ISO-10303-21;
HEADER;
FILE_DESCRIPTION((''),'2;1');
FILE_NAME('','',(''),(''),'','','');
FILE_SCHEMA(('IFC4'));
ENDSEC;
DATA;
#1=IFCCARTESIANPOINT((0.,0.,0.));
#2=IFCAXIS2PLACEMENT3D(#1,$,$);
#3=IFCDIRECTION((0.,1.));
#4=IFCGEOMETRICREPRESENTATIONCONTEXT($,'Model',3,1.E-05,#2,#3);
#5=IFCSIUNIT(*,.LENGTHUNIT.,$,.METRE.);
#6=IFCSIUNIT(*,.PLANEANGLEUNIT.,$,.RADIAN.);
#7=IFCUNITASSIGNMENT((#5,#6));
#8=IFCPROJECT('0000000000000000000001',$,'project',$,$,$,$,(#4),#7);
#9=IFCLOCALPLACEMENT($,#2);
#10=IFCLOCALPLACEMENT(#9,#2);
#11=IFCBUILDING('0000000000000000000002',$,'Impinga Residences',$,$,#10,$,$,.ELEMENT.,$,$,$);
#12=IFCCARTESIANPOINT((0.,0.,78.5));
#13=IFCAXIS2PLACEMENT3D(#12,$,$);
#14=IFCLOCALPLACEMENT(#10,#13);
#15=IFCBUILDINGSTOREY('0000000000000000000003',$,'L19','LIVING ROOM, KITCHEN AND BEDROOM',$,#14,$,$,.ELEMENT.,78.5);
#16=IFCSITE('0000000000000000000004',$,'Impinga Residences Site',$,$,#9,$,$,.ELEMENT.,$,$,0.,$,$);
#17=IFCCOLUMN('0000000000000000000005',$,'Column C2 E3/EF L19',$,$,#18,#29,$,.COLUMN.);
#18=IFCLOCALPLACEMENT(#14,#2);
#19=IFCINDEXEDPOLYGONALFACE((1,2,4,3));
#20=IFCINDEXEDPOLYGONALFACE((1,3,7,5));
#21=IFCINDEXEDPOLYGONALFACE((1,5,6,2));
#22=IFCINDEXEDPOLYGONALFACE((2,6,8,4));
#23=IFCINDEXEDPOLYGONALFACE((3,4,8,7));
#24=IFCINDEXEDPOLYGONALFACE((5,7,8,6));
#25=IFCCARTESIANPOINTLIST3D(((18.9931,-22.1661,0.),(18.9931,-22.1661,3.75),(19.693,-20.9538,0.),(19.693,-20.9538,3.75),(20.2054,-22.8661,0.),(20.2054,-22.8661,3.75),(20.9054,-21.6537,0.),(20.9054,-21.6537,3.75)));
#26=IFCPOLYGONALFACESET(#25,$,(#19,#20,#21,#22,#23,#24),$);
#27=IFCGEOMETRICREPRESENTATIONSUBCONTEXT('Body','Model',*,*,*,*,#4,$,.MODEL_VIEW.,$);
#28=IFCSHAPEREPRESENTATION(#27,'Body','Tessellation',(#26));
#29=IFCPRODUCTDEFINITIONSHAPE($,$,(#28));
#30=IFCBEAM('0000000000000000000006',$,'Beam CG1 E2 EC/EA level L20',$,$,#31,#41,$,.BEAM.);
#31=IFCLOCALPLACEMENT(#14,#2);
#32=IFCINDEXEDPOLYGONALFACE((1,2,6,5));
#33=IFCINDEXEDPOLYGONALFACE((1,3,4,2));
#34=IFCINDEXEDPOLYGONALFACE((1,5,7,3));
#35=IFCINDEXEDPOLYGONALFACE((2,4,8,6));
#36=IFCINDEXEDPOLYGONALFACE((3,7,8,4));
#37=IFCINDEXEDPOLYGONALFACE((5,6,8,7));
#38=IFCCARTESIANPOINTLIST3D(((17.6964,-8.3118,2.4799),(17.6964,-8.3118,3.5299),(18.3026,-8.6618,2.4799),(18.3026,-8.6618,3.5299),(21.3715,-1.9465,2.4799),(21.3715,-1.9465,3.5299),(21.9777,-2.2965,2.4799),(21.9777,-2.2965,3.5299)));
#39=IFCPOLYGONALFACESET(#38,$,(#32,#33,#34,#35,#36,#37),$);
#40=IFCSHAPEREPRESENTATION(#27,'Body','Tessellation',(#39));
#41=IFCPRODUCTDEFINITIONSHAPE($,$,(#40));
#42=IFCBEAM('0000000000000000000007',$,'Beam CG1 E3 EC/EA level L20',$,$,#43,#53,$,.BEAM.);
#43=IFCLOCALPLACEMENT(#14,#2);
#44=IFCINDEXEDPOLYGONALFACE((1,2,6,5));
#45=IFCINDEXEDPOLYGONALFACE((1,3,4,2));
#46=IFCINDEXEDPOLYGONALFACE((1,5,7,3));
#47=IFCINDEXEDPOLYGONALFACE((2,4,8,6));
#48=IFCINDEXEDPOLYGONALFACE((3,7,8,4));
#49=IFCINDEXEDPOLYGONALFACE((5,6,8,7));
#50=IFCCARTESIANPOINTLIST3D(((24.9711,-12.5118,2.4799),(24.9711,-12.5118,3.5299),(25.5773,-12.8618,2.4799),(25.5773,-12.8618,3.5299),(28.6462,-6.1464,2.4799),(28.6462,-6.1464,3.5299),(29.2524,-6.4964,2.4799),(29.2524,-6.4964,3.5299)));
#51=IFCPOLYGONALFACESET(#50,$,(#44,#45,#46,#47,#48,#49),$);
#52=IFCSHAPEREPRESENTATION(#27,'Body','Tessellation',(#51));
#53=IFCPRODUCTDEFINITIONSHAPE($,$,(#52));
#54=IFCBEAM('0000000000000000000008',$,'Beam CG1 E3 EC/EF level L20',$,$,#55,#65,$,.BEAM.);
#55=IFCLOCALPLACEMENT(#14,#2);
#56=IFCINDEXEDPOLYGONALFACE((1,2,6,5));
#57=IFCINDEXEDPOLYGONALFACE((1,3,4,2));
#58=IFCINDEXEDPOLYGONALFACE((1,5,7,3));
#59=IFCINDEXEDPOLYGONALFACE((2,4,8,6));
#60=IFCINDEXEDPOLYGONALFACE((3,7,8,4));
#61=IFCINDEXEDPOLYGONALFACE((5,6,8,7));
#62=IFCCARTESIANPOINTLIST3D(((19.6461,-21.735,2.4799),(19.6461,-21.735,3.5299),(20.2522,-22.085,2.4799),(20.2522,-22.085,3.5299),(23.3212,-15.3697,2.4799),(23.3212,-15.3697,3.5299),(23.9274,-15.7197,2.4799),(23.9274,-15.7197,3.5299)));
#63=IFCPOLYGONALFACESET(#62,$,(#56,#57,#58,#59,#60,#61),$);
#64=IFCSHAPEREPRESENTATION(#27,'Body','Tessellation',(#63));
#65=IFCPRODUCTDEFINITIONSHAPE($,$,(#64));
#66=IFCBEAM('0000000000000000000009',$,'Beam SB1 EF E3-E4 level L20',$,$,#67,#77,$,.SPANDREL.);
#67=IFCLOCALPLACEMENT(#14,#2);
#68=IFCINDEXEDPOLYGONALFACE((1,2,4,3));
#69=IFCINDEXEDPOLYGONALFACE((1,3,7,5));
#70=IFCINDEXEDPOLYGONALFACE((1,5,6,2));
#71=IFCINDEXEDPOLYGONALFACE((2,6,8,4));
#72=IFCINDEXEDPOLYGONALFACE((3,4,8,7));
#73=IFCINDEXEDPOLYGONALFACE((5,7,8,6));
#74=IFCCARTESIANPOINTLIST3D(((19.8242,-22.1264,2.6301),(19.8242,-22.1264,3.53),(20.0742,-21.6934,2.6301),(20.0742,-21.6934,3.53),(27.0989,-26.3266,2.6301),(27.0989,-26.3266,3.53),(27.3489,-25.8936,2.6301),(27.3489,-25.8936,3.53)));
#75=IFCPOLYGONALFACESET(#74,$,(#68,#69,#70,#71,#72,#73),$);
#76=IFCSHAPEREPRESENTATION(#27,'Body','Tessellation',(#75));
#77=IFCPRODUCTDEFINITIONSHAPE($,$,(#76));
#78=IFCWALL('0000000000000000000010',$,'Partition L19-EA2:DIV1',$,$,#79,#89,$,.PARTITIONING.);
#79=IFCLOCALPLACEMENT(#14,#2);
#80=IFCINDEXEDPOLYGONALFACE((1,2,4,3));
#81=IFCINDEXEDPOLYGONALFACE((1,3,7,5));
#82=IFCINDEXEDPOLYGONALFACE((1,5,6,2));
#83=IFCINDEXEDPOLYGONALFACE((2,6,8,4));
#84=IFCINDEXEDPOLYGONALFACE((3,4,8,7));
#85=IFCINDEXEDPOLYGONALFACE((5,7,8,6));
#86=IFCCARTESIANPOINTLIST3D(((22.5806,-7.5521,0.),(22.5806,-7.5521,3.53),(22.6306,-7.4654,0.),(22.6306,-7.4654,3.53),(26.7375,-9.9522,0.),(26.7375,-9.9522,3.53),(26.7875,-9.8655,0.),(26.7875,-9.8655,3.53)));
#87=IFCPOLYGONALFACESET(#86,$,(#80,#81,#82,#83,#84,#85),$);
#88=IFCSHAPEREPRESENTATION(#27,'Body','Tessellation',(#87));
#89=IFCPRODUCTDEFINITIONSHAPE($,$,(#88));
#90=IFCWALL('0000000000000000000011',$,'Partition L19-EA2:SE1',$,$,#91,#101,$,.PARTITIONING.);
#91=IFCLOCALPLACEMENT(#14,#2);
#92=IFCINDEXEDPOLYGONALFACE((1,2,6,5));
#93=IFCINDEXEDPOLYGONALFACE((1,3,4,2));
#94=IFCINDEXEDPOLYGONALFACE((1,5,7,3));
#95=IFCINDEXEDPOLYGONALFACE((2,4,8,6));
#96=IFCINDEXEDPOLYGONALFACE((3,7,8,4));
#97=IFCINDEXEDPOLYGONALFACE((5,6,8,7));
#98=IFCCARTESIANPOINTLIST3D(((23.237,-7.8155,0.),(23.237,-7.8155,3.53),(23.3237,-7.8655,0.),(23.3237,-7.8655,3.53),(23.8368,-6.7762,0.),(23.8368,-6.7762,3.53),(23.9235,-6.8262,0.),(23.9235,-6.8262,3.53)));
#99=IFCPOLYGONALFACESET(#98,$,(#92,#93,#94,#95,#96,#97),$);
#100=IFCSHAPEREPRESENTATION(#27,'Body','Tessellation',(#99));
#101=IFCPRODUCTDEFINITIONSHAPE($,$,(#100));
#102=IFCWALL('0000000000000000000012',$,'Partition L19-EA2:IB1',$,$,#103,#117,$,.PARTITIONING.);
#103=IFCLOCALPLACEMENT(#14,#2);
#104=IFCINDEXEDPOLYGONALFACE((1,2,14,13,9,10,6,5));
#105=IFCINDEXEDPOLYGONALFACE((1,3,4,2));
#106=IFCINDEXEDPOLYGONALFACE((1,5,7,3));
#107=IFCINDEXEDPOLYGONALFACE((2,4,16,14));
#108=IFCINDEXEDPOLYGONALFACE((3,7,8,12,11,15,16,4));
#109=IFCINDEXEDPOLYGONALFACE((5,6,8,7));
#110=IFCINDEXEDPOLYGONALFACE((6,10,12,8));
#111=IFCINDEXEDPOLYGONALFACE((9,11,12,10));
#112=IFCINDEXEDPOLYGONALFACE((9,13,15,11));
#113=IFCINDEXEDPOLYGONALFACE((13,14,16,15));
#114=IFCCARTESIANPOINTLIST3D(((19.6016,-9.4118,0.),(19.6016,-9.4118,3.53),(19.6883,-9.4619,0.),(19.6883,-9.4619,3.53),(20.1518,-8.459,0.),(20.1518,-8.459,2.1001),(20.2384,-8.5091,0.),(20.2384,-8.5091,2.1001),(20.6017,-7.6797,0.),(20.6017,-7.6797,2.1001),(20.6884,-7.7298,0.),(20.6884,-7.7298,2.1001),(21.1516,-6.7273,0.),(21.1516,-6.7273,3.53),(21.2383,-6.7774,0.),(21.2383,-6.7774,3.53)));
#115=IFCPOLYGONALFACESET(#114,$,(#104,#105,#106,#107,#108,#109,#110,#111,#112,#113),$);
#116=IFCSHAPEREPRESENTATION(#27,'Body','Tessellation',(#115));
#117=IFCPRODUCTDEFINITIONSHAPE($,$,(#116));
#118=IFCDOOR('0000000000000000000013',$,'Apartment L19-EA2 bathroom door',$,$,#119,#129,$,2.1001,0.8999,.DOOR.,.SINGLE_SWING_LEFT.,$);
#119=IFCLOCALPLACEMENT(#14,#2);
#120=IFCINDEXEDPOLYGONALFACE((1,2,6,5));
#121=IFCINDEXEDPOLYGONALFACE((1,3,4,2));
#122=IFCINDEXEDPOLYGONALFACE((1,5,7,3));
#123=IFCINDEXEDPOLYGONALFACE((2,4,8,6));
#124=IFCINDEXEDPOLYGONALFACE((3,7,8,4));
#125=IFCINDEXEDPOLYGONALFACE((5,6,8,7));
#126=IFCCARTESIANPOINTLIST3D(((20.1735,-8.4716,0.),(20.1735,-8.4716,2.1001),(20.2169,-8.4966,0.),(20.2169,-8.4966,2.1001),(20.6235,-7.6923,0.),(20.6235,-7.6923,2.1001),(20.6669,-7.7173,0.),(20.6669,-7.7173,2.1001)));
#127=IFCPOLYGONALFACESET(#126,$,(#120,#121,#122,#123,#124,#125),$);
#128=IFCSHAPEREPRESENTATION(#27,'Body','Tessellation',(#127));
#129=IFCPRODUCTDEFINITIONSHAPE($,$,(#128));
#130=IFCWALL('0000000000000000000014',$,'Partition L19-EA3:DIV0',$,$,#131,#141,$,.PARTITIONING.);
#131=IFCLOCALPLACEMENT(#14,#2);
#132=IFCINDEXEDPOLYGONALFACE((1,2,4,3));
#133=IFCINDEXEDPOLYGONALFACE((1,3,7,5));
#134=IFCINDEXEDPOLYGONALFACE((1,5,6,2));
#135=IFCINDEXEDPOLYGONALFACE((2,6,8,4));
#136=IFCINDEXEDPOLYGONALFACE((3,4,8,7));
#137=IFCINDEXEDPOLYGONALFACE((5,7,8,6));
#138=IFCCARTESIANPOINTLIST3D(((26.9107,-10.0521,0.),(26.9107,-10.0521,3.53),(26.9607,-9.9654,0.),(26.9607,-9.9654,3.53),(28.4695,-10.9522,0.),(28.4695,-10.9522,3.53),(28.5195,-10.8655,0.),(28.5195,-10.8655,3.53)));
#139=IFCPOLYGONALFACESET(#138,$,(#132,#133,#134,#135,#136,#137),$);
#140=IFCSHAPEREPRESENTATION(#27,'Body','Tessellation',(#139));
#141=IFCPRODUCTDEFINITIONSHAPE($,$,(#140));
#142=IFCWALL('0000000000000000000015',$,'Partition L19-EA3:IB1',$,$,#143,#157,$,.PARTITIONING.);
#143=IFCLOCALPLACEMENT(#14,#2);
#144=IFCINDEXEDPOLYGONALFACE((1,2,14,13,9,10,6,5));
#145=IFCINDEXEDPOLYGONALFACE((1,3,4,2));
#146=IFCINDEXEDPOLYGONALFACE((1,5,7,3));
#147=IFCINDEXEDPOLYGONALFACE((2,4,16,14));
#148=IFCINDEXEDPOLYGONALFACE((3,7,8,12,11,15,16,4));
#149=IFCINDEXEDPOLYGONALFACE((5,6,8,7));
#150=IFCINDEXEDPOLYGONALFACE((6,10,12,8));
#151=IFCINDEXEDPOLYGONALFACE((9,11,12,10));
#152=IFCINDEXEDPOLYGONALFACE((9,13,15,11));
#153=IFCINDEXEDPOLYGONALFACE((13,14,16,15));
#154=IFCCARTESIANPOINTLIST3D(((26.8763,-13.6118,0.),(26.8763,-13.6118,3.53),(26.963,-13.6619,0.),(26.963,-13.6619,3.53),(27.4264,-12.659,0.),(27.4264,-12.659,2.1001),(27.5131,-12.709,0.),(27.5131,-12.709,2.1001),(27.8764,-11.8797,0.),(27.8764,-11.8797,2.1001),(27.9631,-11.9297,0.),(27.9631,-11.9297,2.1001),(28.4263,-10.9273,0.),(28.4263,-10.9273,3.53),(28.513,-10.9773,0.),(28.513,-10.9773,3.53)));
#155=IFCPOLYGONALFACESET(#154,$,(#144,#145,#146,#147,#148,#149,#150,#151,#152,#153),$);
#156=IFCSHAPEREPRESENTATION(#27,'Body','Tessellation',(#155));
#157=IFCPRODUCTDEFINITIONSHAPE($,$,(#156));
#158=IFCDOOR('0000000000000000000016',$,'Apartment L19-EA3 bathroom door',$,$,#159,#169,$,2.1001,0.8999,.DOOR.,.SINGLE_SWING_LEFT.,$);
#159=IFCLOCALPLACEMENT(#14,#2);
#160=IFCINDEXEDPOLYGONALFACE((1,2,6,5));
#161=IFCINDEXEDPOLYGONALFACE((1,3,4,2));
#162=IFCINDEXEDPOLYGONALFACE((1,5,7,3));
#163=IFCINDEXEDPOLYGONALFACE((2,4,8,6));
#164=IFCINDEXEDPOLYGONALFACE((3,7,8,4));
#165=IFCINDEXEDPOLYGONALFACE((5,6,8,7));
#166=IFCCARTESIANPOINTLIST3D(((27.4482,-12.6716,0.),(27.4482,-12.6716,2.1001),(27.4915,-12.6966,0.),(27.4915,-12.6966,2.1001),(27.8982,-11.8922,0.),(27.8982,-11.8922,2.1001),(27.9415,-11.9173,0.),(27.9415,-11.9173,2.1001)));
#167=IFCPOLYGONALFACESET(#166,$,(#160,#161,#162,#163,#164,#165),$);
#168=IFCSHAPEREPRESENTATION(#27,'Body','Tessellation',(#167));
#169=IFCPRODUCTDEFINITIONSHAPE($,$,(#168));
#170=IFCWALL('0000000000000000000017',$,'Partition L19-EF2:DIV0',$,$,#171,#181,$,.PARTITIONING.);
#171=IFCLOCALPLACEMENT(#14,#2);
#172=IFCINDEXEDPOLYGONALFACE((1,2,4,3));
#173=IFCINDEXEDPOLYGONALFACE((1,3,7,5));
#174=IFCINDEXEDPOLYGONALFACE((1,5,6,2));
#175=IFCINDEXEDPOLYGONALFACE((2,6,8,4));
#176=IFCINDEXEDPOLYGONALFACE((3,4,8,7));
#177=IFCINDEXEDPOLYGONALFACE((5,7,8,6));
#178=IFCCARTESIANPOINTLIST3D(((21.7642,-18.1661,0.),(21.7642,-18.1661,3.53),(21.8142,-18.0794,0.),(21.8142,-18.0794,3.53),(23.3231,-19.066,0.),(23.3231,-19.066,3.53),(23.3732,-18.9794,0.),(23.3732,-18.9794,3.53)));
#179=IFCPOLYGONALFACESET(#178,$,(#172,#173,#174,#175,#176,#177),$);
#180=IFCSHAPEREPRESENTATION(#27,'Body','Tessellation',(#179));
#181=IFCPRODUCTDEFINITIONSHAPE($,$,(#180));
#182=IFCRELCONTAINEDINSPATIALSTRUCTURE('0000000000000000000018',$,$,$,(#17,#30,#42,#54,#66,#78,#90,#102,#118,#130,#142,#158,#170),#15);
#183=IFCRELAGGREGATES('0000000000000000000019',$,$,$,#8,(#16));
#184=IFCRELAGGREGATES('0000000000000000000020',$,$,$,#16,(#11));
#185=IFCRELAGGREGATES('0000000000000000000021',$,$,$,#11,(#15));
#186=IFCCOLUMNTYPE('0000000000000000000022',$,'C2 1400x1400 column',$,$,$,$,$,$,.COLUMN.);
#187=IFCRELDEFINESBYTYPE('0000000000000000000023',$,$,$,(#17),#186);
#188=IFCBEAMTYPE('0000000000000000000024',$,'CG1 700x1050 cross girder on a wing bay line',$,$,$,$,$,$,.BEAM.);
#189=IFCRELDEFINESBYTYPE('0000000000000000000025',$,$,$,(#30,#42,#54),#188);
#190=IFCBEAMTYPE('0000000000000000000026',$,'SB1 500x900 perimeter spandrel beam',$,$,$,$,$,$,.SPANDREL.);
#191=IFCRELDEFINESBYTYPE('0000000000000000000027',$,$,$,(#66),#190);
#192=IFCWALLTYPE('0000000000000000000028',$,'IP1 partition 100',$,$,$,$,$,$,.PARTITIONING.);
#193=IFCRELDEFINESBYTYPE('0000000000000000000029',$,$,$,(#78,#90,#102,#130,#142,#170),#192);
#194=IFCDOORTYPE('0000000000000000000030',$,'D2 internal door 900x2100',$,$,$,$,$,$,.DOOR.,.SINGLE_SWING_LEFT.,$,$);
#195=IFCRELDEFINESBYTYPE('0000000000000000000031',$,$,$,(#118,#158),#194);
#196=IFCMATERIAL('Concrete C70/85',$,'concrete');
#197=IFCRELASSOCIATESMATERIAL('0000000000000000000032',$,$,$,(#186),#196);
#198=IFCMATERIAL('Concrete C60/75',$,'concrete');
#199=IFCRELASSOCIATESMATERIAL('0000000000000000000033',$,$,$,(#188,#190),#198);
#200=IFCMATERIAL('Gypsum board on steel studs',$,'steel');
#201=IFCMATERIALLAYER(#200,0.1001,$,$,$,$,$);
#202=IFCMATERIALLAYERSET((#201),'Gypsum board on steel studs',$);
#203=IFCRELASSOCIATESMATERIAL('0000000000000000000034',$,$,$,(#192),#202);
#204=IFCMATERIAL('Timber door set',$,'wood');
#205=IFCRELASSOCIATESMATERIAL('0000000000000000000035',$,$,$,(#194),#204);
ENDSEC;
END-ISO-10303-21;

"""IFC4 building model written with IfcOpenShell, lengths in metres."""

from ifc_helpers import new_model, si_unit, direction, frame, frame_2d, origin, origin_2d, place, context, subcontext, project, spatial, rectangle, extrude, material, layer, layer_set, material_profile, profile_set, type_object, element, fill, save


model = new_model("IFC4")

# Units and contexts
model_context = context("Model", 3, precision=1e-05, world=origin(), true_north=direction((0.0, 1.0)))
body_context = subcontext(model_context, "Body", "Model", "MODEL_VIEW")
ifc_project = project(units=[si_unit("LENGTHUNIT", "METRE"), si_unit("PLANEANGLEUNIT", "RADIAN")], contexts=[model_context])

# Site, building, storey
site_placement = place(None, origin())
site = spatial("IfcSite", under=ifc_project, at=site_placement, Name="Impinga Residences Site", CompositionType="ELEMENT", RefElevation=0.0)
building_placement = place(site_placement, origin())
building = spatial("IfcBuilding", under=site, at=building_placement, Name="Impinga Residences", CompositionType="ELEMENT")
storey_placement = place(building_placement, frame((0.0, 0.0, 78.5)))
storey = spatial("IfcBuildingStorey", under=building, at=storey_placement, Name="L19", Description="LIVING ROOM, KITCHEN AND BEDROOM", CompositionType="ELEMENT", Elevation=78.5)

# Column
ifc_material_1 = material(Name="Concrete C70/85", Category="concrete")
ifc_material_profile_1 = material_profile(ifc_material_1, rectangle(XDim=1.3999, YDim=1.3999, at=origin_2d()), Name="RC 1400x1400")
ifc_profile_set_1 = profile_set([ifc_material_profile_1], Name="Concrete C70/85")
column_type = type_object("IfcColumnType", Name="C2 1400x1400 column", PredefinedType="COLUMN", material=ifc_profile_set_1)
column_placement = place(storey_placement, frame((19.9492, -21.9099, 0.0), z_axis=(0.0, 0.0, 1.0), x_axis=(-0.5, -0.866025, 0.0)))
element("IfcColumn", 1, at=column_placement, inside=storey, type_object=column_type, Name="Column C2 E3/EF L19", PredefinedType="COLUMN", context=body_context, shape_type="SweptSolid", body=[
    extrude(rectangle(XDim=1.3999, YDim=1.3999, at=origin_2d()), origin(), (0.0, 0.0, 1.0), 3.75),
])

# Beams
ifc_material_2 = material(Name="Concrete C60/75", Category="concrete")
ifc_material_profile_2 = material_profile(ifc_material_2, rectangle(XDim=0.7, YDim=1.05, at=origin_2d()), Name="RC 700x1050")
ifc_profile_set_2 = profile_set([ifc_material_profile_2], Name="Concrete C60/75")
beam_type_1 = type_object("IfcBeamType", Name="CG1 700x1050 cross girder on a wing bay line", PredefinedType="BEAM", material=ifc_profile_set_2)
for number, where, z_axis, x_axis, name in (
    (2, (17.9995, -8.4868, 3.0049), (0.500008, 0.866021, 0.0), (-0.866021, 0.500008, 0.0), "Beam CG1 E2 EC/EA level L20"),
    (3, (25.2742, -12.6868, 3.0049), (0.500008, 0.866021, 0.0), (-0.866021, 0.500008, 0.0), "Beam CG1 E3 EC/EA level L20"),
    (4, (23.6243, -15.5447, 3.0049), (-0.500008, -0.866021, 0.0), (0.866021, -0.500008, 0.0), "Beam CG1 E3 EC/EF level L20"),
):
    element("IfcBeam", number, at=place(storey_placement, frame(where, z_axis=z_axis, x_axis=x_axis)), inside=storey, type_object=beam_type_1, Name=name, PredefinedType="BEAM", context=body_context, shape_type="SweptSolid", body=[
        extrude(rectangle(XDim=0.7, YDim=1.05, at=origin_2d()), origin(), (0.0, 0.0, 1.0), 7.3501),
    ])
ifc_material_profile_3 = material_profile(ifc_material_2, rectangle(XDim=0.5, YDim=0.8999, at=origin_2d()), Name="RC 500x900")
ifc_profile_set_3 = profile_set([ifc_material_profile_3], Name="Concrete C60/75")
beam_type_2 = type_object("IfcBeamType", Name="SB1 500x900 perimeter spandrel beam", PredefinedType="SPANDREL", material=ifc_profile_set_3)
beam_placement = place(storey_placement, frame((19.9492, -21.9099, 3.0801), z_axis=(0.866017, -0.500015, 0.0), x_axis=(0.500015, 0.866017, 0.0)))
element("IfcBeam", 5, at=beam_placement, inside=storey, type_object=beam_type_2, Name="Beam SB1 EF E3-E4 level L20", PredefinedType="SPANDREL", context=body_context, shape_type="SweptSolid", body=[
    extrude(rectangle(XDim=0.5, YDim=0.8999, at=origin_2d()), origin(), (0.0, 0.0, 1.0), 8.4001),
])

# Walls
ifc_material_3 = material(Name="Gypsum board on steel studs", Category="steel")
ifc_layer_1 = layer(ifc_material_3, 0.1001)
ifc_layer_set_1 = layer_set([ifc_layer_1], Name="Gypsum board on steel studs")
wall_type_1 = type_object("IfcWallType", Name="IP1 partition 100", PredefinedType="PARTITIONING", material=ifc_layer_set_1)
wall_1_placement = place(storey_placement, frame((22.6057, -7.5088, 0.0), z_axis=(0.0, 0.0, 1.0), x_axis=(0.866015, -0.500017, 0.0)))
element("IfcWall", 6, at=wall_1_placement, inside=storey, type_object=wall_type_1, Name="Partition L19-EA2:DIV1", PredefinedType="PARTITIONING", context=body_context, shape_type="SweptSolid", body=[
    extrude(rectangle(XDim=4.8, YDim=0.1001, at=frame_2d((2.3999, 0.0))), origin(), (0.0, 0.0, 1.0), 3.53),
])
wall_2_placement = place(storey_placement, frame((23.2803, -7.8406, 0.0), z_axis=(0.0, 0.0, 1.0), x_axis=(0.499881, 0.866094, 0.0)))
element("IfcWall", 7, at=wall_2_placement, inside=storey, type_object=wall_type_1, Name="Partition L19-EA2:SE1", PredefinedType="PARTITIONING", context=body_context, shape_type="SweptSolid", body=[
    extrude(rectangle(XDim=1.2, YDim=0.1001, at=frame_2d((0.6001, 0.0))), origin(), (0.0, 0.0, 1.0), 3.53),
])

# Wall, opening, door
wall_3_placement = place(storey_placement, frame((19.645, -9.4368, 0.0), z_axis=(0.0, 0.0, 1.0), x_axis=(0.500027, 0.86601, 0.0)))
wall_3 = element("IfcWall", 8, at=wall_3_placement, inside=storey, type_object=wall_type_1, Name="Partition L19-EA2:IB1", PredefinedType="PARTITIONING", context=body_context, shape_type="SweptSolid", body=[
    extrude(rectangle(XDim=3.0999, YDim=0.1001, at=frame_2d((1.5498, 0.0))), origin(), (0.0, 0.0, 1.0), 3.53),
])
opening_1_placement = place(wall_3_placement, frame((1.1001, 0.0, 0.0)))
opening_1 = element("IfcOpeningElement", 9, at=opening_1_placement, cuts=wall_3, PredefinedType="OPENING", context=body_context, shape_type="SweptSolid", body=[
    extrude(rectangle(XDim=0.8999, YDim=2.1001, at=frame_2d((0.45, 1.05))), frame((0.0, 0.0601, 0.0), z_axis=(0.0, -1.0, 0.0), x_axis=(1.0, 0.0, 0.0)), (0.0, 0.0, 1.0), 0.1201),
])
ifc_material_4 = material(Name="Timber door set", Category="wood")
door_type = type_object("IfcDoorType", Name="D2 internal door 900x2100", OperationType="SINGLE_SWING_LEFT", PredefinedType="DOOR", material=ifc_material_4)
door_1_placement = place(opening_1_placement, origin())
door_1 = element("IfcDoor", 10, at=door_1_placement, inside=storey, type_object=door_type, Name="Apartment L19-EA2 bathroom door", OperationType="SINGLE_SWING_LEFT", OverallHeight=2.1001, OverallWidth=0.8999, PredefinedType="DOOR", context=body_context, shape_type="SweptSolid", body=[
    extrude(rectangle(XDim=0.8999, YDim=2.1001, at=frame_2d((0.45, 1.05))), frame((0.0, 0.0249, 0.0), z_axis=(0.0, -1.0, 0.0), x_axis=(1.0, 0.0, 0.0)), (0.0, 0.0, 1.0), 0.05),
])
fill(opening_1, door_1)

# Wall
wall_4_placement = place(storey_placement, frame((26.9358, -10.0088, 0.0), z_axis=(0.0, 0.0, 1.0), x_axis=(0.865989, -0.500063, 0.0)))
element("IfcWall", 11, at=wall_4_placement, inside=storey, type_object=wall_type_1, Name="Partition L19-EA3:DIV0", PredefinedType="PARTITIONING", context=body_context, shape_type="SweptSolid", body=[
    extrude(rectangle(XDim=1.8, YDim=0.1001, at=frame_2d((0.8999, 0.0))), origin(), (0.0, 0.0, 1.0), 3.53),
])

# Wall, opening, door
wall_5_placement = place(storey_placement, frame((26.9197, -13.6367, 0.0), z_axis=(0.0, 0.0, 1.0), x_axis=(0.500027, 0.86601, 0.0)))
wall_5 = element("IfcWall", 12, at=wall_5_placement, inside=storey, type_object=wall_type_1, Name="Partition L19-EA3:IB1", PredefinedType="PARTITIONING", context=body_context, shape_type="SweptSolid", body=[
    extrude(rectangle(XDim=3.0999, YDim=0.1001, at=frame_2d((1.5498, 0.0))), origin(), (0.0, 0.0, 1.0), 3.53),
])
opening_2_placement = place(wall_5_placement, frame((1.1001, 0.0, 0.0)))
opening_2 = element("IfcOpeningElement", 13, at=opening_2_placement, cuts=wall_5, PredefinedType="OPENING", context=body_context, shape_type="SweptSolid", body=[
    extrude(rectangle(XDim=0.8999, YDim=2.1001, at=frame_2d((0.45, 1.05))), frame((0.0, 0.0601, 0.0), z_axis=(0.0, -1.0, 0.0), x_axis=(1.0, 0.0, 0.0)), (0.0, 0.0, 1.0), 0.1201),
])
door_2_placement = place(opening_2_placement, origin())
door_2 = element("IfcDoor", 14, at=door_2_placement, inside=storey, type_object=door_type, Name="Apartment L19-EA3 bathroom door", OperationType="SINGLE_SWING_LEFT", OverallHeight=2.1001, OverallWidth=0.8999, PredefinedType="DOOR", context=body_context, shape_type="SweptSolid", body=[
    extrude(rectangle(XDim=0.8999, YDim=2.1001, at=frame_2d((0.45, 1.05))), frame((0.0, 0.0249, 0.0), z_axis=(0.0, -1.0, 0.0), x_axis=(1.0, 0.0, 0.0)), (0.0, 0.0, 1.0), 0.05),
])
fill(opening_2, door_2)

# Wall
wall_6_placement = place(storey_placement, frame((21.7893, -18.1228, 0.0), z_axis=(0.0, 0.0, 1.0), x_axis=(0.866048, -0.499961, 0.0)))
element("IfcWall", 15, at=wall_6_placement, inside=storey, type_object=wall_type_1, Name="Partition L19-EF2:DIV0", PredefinedType="PARTITIONING", context=body_context, shape_type="SweptSolid", body=[
    extrude(rectangle(XDim=1.8, YDim=0.1001, at=frame_2d((0.8999, 0.0))), origin(), (0.0, 0.0, 1.0), 3.53),
])

save(model, "model.ifc")
